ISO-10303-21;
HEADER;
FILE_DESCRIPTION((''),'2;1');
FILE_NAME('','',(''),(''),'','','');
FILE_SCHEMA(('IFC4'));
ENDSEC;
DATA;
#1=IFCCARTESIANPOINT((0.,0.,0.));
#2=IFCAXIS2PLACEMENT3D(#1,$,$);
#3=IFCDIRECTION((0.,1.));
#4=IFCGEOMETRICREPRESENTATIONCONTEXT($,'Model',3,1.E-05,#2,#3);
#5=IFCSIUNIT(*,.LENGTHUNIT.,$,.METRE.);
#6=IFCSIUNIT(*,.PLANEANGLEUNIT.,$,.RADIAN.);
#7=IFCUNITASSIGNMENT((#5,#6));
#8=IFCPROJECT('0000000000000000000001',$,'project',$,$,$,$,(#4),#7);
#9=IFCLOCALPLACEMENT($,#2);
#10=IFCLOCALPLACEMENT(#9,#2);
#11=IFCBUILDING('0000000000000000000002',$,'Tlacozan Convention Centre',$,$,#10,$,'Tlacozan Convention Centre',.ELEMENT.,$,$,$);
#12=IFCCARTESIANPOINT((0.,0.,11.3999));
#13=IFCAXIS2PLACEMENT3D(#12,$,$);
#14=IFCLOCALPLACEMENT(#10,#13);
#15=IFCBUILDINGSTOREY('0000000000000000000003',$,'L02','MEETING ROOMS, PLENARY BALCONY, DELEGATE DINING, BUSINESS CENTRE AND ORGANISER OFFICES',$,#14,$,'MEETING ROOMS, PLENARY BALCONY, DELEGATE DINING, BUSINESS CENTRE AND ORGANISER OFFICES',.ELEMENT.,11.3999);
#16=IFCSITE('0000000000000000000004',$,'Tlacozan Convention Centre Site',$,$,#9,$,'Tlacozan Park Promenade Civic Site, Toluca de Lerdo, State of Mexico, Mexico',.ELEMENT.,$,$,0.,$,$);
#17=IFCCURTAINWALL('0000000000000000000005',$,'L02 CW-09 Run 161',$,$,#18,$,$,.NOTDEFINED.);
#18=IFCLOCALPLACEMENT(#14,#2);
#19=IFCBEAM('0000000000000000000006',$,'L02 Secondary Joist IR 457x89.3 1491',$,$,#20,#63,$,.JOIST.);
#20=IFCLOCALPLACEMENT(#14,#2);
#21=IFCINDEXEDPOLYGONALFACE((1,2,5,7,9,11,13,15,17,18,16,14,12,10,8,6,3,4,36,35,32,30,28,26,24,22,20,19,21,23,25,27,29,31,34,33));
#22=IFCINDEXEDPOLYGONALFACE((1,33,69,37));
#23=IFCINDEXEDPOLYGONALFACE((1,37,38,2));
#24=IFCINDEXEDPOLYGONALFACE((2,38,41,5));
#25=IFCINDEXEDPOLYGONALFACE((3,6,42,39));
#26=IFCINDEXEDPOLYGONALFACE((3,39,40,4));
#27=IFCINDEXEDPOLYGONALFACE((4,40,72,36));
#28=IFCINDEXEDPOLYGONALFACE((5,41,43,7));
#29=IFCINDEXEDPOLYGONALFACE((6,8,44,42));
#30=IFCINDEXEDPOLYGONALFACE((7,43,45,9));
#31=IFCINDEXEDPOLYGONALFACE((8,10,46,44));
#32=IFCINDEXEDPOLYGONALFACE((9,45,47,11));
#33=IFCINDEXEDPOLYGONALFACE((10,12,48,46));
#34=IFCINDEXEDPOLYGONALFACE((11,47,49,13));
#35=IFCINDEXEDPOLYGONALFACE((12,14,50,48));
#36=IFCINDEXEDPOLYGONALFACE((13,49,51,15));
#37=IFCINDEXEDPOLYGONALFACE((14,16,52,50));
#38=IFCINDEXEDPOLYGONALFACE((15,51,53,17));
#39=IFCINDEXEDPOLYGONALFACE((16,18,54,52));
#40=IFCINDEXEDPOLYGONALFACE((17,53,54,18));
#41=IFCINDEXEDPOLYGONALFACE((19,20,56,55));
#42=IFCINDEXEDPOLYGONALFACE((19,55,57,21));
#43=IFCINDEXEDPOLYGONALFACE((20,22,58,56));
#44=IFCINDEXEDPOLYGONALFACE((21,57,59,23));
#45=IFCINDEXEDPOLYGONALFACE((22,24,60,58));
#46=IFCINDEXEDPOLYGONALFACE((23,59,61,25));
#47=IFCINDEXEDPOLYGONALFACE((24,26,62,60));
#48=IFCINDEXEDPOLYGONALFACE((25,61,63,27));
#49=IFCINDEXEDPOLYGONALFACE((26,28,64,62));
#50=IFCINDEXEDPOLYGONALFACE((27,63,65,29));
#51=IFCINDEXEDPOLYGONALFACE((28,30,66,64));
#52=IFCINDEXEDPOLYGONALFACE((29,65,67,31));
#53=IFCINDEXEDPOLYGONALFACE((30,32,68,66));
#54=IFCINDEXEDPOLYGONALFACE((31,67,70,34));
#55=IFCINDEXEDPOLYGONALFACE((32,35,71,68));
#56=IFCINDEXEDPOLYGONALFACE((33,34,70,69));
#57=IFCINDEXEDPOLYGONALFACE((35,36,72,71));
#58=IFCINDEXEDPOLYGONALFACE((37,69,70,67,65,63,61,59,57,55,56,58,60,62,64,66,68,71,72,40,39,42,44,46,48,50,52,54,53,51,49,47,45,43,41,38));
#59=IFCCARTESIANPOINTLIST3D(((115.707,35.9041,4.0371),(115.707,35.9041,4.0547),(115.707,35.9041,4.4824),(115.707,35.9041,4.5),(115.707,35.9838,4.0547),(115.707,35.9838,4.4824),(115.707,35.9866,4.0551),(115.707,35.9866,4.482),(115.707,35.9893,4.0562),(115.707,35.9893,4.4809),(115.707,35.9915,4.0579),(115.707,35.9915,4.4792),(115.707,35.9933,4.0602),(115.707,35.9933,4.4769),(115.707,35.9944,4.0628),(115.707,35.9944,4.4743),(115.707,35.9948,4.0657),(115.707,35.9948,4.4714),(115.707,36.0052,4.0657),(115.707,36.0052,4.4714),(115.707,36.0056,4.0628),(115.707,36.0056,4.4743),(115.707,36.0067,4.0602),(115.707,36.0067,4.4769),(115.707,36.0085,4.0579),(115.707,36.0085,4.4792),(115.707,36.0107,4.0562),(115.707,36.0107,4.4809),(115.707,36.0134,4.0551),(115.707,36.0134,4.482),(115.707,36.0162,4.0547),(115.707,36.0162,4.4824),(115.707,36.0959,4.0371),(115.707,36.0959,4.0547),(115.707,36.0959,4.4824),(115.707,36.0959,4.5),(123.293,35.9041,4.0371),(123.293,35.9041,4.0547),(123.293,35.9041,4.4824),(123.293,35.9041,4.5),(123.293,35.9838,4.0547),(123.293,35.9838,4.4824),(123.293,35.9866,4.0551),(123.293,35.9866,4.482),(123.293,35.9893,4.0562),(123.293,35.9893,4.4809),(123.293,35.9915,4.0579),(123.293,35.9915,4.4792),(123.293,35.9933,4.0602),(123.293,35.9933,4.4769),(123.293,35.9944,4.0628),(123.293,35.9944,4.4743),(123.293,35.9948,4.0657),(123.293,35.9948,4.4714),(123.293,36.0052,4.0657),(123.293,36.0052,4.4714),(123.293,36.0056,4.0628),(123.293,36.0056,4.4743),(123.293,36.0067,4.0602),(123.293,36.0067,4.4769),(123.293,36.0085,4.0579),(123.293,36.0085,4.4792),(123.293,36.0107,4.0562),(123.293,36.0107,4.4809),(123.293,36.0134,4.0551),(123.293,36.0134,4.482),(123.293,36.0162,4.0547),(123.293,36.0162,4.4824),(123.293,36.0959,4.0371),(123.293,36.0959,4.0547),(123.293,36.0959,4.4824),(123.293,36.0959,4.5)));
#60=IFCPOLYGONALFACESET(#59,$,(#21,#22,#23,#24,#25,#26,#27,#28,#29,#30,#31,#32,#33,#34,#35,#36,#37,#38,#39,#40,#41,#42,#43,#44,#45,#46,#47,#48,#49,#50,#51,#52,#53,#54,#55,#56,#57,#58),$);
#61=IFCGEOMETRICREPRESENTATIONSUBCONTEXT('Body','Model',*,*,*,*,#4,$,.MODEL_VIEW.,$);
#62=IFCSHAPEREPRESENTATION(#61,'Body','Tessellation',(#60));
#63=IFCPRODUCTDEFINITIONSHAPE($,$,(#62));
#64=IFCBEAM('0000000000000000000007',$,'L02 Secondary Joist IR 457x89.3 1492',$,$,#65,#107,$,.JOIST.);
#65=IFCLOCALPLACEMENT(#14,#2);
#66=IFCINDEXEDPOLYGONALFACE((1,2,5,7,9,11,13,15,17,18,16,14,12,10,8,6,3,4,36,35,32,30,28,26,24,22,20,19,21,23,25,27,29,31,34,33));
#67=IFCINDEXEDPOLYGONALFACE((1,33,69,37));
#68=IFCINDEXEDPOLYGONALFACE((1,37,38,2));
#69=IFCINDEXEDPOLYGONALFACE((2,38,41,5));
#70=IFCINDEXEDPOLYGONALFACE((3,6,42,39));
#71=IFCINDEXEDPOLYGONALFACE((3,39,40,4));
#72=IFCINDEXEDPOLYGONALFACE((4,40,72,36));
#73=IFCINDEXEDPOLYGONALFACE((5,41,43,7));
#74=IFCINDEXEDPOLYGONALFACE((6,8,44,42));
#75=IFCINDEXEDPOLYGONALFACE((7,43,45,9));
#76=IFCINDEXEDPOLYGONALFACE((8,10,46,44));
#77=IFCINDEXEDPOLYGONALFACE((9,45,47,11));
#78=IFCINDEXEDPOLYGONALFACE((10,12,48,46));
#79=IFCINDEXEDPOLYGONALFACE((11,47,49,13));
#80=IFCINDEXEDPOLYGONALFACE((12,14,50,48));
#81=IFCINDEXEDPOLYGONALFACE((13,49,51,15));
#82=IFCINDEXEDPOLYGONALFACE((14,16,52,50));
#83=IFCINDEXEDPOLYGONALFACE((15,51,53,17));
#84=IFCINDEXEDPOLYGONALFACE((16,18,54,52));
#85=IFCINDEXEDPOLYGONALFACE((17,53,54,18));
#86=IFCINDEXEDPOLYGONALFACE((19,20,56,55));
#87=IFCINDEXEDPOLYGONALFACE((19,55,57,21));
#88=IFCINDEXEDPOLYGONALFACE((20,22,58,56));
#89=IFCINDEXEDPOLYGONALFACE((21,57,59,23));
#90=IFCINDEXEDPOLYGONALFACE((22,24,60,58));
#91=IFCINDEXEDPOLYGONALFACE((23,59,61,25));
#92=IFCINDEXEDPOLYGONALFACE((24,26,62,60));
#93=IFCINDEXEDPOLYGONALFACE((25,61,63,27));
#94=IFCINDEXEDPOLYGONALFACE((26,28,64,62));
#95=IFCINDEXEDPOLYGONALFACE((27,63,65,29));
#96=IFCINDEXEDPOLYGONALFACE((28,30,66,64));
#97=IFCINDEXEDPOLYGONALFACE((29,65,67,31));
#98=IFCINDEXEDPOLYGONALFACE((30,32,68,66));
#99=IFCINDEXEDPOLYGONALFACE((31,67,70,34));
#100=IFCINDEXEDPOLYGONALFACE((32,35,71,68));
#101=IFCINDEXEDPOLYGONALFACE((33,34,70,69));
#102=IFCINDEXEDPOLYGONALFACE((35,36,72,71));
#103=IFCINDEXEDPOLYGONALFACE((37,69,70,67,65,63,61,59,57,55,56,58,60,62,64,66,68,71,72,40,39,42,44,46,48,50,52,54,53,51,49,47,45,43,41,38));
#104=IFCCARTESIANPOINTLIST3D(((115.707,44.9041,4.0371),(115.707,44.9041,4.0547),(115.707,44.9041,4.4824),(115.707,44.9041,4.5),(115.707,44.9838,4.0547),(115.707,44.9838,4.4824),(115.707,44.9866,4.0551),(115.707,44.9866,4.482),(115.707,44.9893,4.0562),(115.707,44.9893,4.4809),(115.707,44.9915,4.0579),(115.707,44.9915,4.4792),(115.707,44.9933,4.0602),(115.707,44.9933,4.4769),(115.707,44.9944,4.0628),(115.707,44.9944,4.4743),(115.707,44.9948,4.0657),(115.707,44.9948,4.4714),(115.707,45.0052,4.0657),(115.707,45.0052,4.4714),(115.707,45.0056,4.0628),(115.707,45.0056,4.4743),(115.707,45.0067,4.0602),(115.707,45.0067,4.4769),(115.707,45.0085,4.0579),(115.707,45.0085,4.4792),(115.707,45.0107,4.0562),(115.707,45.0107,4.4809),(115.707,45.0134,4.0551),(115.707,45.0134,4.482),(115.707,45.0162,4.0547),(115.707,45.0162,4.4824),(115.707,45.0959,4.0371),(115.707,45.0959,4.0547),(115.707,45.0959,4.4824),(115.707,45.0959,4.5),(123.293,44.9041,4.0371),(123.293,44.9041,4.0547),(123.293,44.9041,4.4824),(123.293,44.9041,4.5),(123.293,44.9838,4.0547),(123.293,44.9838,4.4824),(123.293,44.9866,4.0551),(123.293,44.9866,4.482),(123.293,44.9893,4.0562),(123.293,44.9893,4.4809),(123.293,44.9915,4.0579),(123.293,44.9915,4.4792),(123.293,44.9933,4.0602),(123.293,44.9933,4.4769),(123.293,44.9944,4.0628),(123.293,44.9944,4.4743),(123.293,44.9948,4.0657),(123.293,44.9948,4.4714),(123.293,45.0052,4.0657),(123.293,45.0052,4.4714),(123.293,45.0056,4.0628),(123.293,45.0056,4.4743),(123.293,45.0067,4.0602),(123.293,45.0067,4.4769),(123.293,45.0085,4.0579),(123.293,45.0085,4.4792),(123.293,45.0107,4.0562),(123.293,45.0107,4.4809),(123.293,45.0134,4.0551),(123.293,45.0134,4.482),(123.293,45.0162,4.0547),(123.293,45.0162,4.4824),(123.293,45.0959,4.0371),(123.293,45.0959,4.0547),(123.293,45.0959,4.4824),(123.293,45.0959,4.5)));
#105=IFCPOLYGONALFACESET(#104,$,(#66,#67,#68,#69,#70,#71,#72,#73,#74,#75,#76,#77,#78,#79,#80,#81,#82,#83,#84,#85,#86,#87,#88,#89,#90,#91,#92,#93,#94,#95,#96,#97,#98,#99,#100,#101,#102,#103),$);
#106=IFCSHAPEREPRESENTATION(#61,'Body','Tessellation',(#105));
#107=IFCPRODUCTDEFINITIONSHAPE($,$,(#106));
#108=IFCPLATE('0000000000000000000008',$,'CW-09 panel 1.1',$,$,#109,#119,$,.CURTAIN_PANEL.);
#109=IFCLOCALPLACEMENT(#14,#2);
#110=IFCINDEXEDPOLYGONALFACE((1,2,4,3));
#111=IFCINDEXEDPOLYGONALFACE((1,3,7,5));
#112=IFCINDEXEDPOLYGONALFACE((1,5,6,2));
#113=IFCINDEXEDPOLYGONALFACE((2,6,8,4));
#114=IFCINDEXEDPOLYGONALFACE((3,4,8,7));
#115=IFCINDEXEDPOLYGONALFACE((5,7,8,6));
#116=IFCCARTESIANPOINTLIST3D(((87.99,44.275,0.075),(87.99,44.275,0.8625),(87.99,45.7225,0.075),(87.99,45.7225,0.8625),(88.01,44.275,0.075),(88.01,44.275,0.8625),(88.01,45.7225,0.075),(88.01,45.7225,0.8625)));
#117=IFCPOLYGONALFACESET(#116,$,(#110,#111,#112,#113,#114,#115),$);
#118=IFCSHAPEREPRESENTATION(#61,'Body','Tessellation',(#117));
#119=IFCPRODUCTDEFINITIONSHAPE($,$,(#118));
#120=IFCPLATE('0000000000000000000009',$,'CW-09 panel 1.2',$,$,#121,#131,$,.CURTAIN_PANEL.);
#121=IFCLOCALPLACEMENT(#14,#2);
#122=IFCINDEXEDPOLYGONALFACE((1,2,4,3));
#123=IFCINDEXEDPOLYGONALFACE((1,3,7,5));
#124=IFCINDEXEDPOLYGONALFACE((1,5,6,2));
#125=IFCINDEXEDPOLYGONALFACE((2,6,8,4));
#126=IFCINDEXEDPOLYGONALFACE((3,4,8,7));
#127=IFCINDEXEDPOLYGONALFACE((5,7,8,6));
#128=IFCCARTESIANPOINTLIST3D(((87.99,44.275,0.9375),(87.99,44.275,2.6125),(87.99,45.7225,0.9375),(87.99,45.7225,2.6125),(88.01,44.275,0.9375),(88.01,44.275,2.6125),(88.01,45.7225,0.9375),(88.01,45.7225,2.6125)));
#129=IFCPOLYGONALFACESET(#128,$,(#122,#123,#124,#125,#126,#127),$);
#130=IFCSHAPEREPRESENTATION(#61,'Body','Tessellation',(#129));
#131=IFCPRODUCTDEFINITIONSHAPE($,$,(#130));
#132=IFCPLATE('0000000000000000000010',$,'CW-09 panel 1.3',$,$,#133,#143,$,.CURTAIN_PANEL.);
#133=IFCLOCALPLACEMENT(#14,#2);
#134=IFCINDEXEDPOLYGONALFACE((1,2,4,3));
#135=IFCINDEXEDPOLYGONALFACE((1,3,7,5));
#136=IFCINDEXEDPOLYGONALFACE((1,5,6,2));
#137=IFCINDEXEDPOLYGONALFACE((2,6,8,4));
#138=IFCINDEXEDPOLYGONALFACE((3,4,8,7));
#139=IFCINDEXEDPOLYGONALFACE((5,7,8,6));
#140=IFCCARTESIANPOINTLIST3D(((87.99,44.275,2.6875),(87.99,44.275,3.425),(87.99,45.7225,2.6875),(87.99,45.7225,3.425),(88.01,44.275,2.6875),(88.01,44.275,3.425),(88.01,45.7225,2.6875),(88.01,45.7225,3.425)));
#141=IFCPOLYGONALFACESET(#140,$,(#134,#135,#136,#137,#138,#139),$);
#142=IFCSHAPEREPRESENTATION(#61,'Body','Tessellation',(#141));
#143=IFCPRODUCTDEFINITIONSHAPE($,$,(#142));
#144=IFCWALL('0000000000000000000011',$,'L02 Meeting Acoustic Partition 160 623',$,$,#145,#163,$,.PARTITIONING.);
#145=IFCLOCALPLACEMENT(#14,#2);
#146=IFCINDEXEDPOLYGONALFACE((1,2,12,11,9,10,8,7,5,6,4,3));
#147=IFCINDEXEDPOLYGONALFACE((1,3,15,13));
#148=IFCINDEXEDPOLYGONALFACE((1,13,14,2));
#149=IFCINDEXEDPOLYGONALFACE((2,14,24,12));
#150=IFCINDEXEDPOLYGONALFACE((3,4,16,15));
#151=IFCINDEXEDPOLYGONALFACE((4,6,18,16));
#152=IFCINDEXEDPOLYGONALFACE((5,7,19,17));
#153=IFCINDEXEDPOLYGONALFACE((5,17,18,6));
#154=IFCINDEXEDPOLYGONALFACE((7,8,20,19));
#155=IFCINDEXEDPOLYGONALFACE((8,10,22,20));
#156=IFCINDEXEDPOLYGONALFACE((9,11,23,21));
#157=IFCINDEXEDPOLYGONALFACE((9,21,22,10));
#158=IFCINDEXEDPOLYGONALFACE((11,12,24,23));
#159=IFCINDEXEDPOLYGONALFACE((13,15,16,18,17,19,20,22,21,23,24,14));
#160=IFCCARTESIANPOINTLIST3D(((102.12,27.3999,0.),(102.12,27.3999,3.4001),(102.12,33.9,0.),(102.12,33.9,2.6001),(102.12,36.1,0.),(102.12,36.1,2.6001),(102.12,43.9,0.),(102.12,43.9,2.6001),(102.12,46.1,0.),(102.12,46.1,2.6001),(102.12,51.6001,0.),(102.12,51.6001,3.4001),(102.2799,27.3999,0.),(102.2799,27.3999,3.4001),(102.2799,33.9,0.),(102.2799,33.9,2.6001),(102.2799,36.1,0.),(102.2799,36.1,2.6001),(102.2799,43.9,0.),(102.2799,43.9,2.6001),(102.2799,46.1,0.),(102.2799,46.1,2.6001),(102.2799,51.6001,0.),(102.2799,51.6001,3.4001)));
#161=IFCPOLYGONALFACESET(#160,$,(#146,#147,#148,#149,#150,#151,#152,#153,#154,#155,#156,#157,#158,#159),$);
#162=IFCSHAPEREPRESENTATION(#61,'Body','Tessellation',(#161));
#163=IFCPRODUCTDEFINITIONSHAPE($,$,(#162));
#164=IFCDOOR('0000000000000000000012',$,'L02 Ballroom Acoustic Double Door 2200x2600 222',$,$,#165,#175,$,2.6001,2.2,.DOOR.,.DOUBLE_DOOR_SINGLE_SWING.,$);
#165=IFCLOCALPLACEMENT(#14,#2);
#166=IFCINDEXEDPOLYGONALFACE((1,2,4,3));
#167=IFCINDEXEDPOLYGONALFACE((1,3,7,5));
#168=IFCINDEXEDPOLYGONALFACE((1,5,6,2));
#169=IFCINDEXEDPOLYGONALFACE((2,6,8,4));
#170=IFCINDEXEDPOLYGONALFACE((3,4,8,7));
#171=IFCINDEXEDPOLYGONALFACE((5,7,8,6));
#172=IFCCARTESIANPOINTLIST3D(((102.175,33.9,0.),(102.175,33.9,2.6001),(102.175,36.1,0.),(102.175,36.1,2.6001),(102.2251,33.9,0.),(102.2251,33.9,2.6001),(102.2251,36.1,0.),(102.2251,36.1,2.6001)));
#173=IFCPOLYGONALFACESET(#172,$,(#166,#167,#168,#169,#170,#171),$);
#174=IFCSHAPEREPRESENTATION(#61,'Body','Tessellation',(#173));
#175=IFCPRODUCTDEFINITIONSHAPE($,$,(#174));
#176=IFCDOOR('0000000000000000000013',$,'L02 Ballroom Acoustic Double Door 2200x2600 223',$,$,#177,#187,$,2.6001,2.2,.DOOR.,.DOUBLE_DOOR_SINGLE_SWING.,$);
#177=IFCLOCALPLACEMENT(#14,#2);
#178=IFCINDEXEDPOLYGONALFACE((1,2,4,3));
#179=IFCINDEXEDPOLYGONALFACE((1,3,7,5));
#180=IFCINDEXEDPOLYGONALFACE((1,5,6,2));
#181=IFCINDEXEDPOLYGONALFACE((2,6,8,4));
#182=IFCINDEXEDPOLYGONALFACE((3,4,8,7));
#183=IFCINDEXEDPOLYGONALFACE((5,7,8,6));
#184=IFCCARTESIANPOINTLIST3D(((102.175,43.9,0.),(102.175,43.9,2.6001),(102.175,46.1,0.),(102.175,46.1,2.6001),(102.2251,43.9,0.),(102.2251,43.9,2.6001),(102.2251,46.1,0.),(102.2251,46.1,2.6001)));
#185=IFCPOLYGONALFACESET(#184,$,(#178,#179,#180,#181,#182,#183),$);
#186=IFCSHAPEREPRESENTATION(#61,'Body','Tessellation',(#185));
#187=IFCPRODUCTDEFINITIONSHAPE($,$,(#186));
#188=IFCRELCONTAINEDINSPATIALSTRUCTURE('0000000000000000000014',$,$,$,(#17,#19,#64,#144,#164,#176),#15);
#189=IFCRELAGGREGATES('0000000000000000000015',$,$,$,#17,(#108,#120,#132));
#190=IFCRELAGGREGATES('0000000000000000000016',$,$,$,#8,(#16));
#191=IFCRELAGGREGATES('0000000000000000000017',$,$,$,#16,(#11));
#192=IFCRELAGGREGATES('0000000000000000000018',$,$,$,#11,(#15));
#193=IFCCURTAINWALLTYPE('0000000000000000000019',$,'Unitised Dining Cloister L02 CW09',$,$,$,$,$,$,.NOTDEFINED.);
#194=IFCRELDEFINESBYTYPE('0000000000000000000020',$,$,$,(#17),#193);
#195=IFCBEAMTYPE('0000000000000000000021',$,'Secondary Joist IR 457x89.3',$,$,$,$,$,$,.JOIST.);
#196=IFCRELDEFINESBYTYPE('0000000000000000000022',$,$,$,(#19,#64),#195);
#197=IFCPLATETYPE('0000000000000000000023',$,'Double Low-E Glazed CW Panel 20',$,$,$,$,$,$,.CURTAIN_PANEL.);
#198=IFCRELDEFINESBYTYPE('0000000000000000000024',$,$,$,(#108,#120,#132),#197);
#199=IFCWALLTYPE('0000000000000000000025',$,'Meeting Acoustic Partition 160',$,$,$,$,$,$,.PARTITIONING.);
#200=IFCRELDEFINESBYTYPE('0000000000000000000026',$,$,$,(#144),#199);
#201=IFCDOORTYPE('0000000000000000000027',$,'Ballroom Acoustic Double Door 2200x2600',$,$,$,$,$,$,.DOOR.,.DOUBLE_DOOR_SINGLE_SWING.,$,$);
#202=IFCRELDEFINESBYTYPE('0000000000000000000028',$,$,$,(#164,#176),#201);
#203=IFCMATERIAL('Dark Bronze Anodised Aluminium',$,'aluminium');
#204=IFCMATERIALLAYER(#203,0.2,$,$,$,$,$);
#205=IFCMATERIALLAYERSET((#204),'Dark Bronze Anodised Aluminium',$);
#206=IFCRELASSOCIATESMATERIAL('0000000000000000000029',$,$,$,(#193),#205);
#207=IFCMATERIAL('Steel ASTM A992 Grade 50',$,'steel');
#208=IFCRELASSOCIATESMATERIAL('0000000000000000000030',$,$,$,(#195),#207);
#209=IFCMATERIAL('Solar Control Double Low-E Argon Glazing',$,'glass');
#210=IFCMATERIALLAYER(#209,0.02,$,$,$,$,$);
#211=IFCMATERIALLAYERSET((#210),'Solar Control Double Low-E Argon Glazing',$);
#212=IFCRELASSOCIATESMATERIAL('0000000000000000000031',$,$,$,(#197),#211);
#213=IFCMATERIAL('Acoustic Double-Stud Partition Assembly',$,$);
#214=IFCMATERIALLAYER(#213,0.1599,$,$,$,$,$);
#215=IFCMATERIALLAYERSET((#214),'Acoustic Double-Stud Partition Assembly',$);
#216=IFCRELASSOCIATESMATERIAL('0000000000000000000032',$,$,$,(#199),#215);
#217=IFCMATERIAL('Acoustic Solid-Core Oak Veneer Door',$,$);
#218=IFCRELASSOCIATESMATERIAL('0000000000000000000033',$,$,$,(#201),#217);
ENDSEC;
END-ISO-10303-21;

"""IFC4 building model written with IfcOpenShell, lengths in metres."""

from ifc_helpers import new_model, si_unit, direction, frame, frame_2d, origin, origin_2d, place, context, subcontext, project, spatial, rectangle, i_section, extrude, material, layer, layer_set, material_profile, profile_set, type_object, element, fill, aggregate, save


model = new_model("IFC4")

# Units and contexts
model_context = context("Model", 3, precision=1e-05, world=origin(), true_north=direction((0.0, 1.0)))
body_context = subcontext(model_context, "Body", "Model", "MODEL_VIEW")
ifc_project = project(units=[si_unit("LENGTHUNIT", "METRE"), si_unit("PLANEANGLEUNIT", "RADIAN")], contexts=[model_context])

# Site, building, storey
site_placement = place(None, origin())
site = spatial("IfcSite", under=ifc_project, at=site_placement, Name="Tlacozan Convention Centre Site", LongName="Tlacozan Park Promenade Civic Site, Toluca de Lerdo, State of Mexico, Mexico", CompositionType="ELEMENT", RefElevation=0.0)
building_placement = place(site_placement, origin())
building = spatial("IfcBuilding", under=site, at=building_placement, Name="Tlacozan Convention Centre", LongName="Tlacozan Convention Centre", CompositionType="ELEMENT")
storey_placement = place(building_placement, frame((0.0, 0.0, 11.3999)))
storey = spatial("IfcBuildingStorey", under=building, at=storey_placement, Name="L02", Description="MEETING ROOMS, PLENARY BALCONY, DELEGATE DINING, BUSINESS CENTRE AND ORGANISER OFFICES", LongName="MEETING ROOMS, PLENARY BALCONY, DELEGATE DINING, BUSINESS CENTRE AND ORGANISER OFFICES", CompositionType="ELEMENT", Elevation=11.3999)

# Shared definitions
ifc_material_1 = material(Name="Steel ASTM A992 Grade 50", Category="steel")

# Curtain wall
ifc_material_2 = material(Name="Dark Bronze Anodised Aluminium", Category="aluminium")
ifc_layer_1 = layer(ifc_material_2, 0.2)
ifc_layer_set_1 = layer_set([ifc_layer_1], Name="Dark Bronze Anodised Aluminium")
curtain_wall_type = type_object("IfcCurtainWallType", Name="Unitised Dining Cloister L02 CW09", PredefinedType="NOTDEFINED", material=ifc_layer_set_1)
curtain_wall_placement = place(storey_placement, origin())
curtain_wall = element("IfcCurtainWall", 1, at=curtain_wall_placement, inside=storey, type_object=curtain_wall_type, Name="L02 CW-09 Run 161", PredefinedType="NOTDEFINED")

# Beams
ifc_material_profile_1 = material_profile(ifc_material_1, i_section(OverallWidth=0.1919, OverallDepth=0.4629, WebThickness=0.0105, FlangeThickness=0.0176, FilletRadius=0.011, at=origin_2d()), Name="IR 457x89.3")
ifc_profile_set_1 = profile_set([ifc_material_profile_1], Name="Steel ASTM A992 Grade 50")
beam_type_1 = type_object("IfcBeamType", Name="Secondary Joist IR 457x89.3", PredefinedType="JOIST", material=ifc_profile_set_1)
for number, where, z_axis, x_axis, name in (
    (2, (115.707, 36.0, 4.2686), (1.0, 0.0, 0.0), (0.0, 1.0, 0.0), "L02 Secondary Joist IR 457x89.3 1491"),
    (3, (115.707, 45.0, 4.2686), (1.0, 0.0, 0.0), (0.0, 1.0, 0.0), "L02 Secondary Joist IR 457x89.3 1492"),
):
    element("IfcBeam", number, at=place(storey_placement, frame(where, z_axis=z_axis, x_axis=x_axis)), inside=storey, type_object=beam_type_1, Name=name, PredefinedType="JOIST", context=body_context, shape_type="SweptSolid", body=[
        extrude(i_section(OverallWidth=0.1919, OverallDepth=0.4629, WebThickness=0.0105, FlangeThickness=0.0176, FilletRadius=0.011, at=origin_2d()), origin(), (0.0, 0.0, 1.0), 7.5859),
    ])

# Plates
ifc_material_3 = material(Name="Solar Control Double Low-E Argon Glazing", Category="glass")
ifc_layer_2 = layer(ifc_material_3, 0.02)
ifc_layer_set_2 = layer_set([ifc_layer_2], Name="Solar Control Double Low-E Argon Glazing")
plate_type = type_object("IfcPlateType", Name="Double Low-E Glazed CW Panel 20", PredefinedType="CURTAIN_PANEL", material=ifc_layer_set_2)
plate_1_placement = place(storey_placement, frame((88.0, 44.9988, 0.075), z_axis=(0.0, 0.0, 1.0), x_axis=(0.0, 1.0, 0.0)))
plate_1 = element("IfcPlate", 4, at=plate_1_placement, type_object=plate_type, Name="CW-09 panel 1.1", PredefinedType="CURTAIN_PANEL", context=body_context, shape_type="SweptSolid", body=[
    extrude(rectangle(XDim=1.4475, YDim=0.02, at=origin_2d()), origin(), (0.0, 0.0, 1.0), 0.7876),
])
plate_2_placement = place(storey_placement, frame((88.0, 44.9988, 0.9375), z_axis=(0.0, 0.0, 1.0), x_axis=(0.0, 1.0, 0.0)))
plate_2 = element("IfcPlate", 5, at=plate_2_placement, type_object=plate_type, Name="CW-09 panel 1.2", PredefinedType="CURTAIN_PANEL", context=body_context, shape_type="SweptSolid", body=[
    extrude(rectangle(XDim=1.4475, YDim=0.02, at=origin_2d()), origin(), (0.0, 0.0, 1.0), 1.675),
])
plate_3_placement = place(storey_placement, frame((88.0, 44.9988, 2.6875), z_axis=(0.0, 0.0, 1.0), x_axis=(0.0, 1.0, 0.0)))
plate_3 = element("IfcPlate", 6, at=plate_3_placement, type_object=plate_type, Name="CW-09 panel 1.3", PredefinedType="CURTAIN_PANEL", context=body_context, shape_type="SweptSolid", body=[
    extrude(rectangle(XDim=1.4475, YDim=0.02, at=origin_2d()), origin(), (0.0, 0.0, 1.0), 0.7375),
])
aggregate(curtain_wall, [plate_1, plate_2, plate_3])

# Wall, openings, doors
ifc_material_4 = material(Name="Acoustic Double-Stud Partition Assembly")
ifc_layer_3 = layer(ifc_material_4, 0.1599)
ifc_layer_set_3 = layer_set([ifc_layer_3], Name="Acoustic Double-Stud Partition Assembly")
wall_type = type_object("IfcWallType", Name="Meeting Acoustic Partition 160", PredefinedType="PARTITIONING", material=ifc_layer_set_3)
wall_placement = place(storey_placement, frame((102.2, 27.3999, 0.0), z_axis=(0.0, 0.0, 1.0), x_axis=(0.0, 1.0, 0.0)))
wall = element("IfcWall", 7, at=wall_placement, inside=storey, type_object=wall_type, Name="L02 Meeting Acoustic Partition 160 623", PredefinedType="PARTITIONING", context=body_context, shape_type="SweptSolid", body=[
    extrude(rectangle(XDim=24.2002, YDim=0.1599, at=frame_2d((12.1001, 0.0))), origin(), (0.0, 0.0, 1.0), 3.4001),
])
opening_1_placement = place(wall_placement, frame((6.5, 0.0, 0.0)))
opening_1 = element("IfcOpeningElement", 8, at=opening_1_placement, cuts=wall, PredefinedType="OPENING", context=body_context, shape_type="SweptSolid", body=[
    extrude(rectangle(XDim=2.2, YDim=2.6001, at=frame_2d((1.1001, 1.3))), frame((0.0, 0.0898, 0.0), z_axis=(0.0, -1.0, 0.0), x_axis=(1.0, 0.0, 0.0)), (0.0, 0.0, 1.0), 0.1799),
])
opening_2_placement = place(wall_placement, frame((16.5, 0.0, 0.0)))
opening_2 = element("IfcOpeningElement", 9, at=opening_2_placement, cuts=wall, PredefinedType="OPENING", context=body_context, shape_type="SweptSolid", body=[
    extrude(rectangle(XDim=2.2, YDim=2.6001, at=frame_2d((1.1001, 1.3))), frame((0.0, 0.0898, 0.0), z_axis=(0.0, -1.0, 0.0), x_axis=(1.0, 0.0, 0.0)), (0.0, 0.0, 1.0), 0.1799),
])
ifc_material_5 = material(Name="Acoustic Solid-Core Oak Veneer Door")
door_type = type_object("IfcDoorType", Name="Ballroom Acoustic Double Door 2200x2600", OperationType="DOUBLE_DOOR_SINGLE_SWING", PredefinedType="DOOR", material=ifc_material_5)
door_1_placement = place(opening_1_placement, origin())
door_1 = element("IfcDoor", 10, at=door_1_placement, inside=storey, type_object=door_type, Name="L02 Ballroom Acoustic Double Door 2200x2600 222", OperationType="DOUBLE_DOOR_SINGLE_SWING", OverallHeight=2.6001, OverallWidth=2.2, PredefinedType="DOOR", context=body_context, shape_type="SweptSolid", body=[
    extrude(rectangle(XDim=2.2, YDim=2.6001, at=frame_2d((1.1001, 1.3))), frame((0.0, 0.0249, 0.0), z_axis=(0.0, -1.0, 0.0), x_axis=(1.0, 0.0, 0.0)), (0.0, 0.0, 1.0), 0.05),
])
fill(opening_1, door_1)
door_2_placement = place(opening_2_placement, origin())
door_2 = element("IfcDoor", 11, at=door_2_placement, inside=storey, type_object=door_type, Name="L02 Ballroom Acoustic Double Door 2200x2600 223", OperationType="DOUBLE_DOOR_SINGLE_SWING", OverallHeight=2.6001, OverallWidth=2.2, PredefinedType="DOOR", context=body_context, shape_type="SweptSolid", body=[
    extrude(rectangle(XDim=2.2, YDim=2.6001, at=frame_2d((1.1001, 1.3))), frame((0.0, 0.0249, 0.0), z_axis=(0.0, -1.0, 0.0), x_axis=(1.0, 0.0, 0.0)), (0.0, 0.0, 1.0), 0.05),
])
fill(opening_2, door_2)

save(model, "model.ifc")
